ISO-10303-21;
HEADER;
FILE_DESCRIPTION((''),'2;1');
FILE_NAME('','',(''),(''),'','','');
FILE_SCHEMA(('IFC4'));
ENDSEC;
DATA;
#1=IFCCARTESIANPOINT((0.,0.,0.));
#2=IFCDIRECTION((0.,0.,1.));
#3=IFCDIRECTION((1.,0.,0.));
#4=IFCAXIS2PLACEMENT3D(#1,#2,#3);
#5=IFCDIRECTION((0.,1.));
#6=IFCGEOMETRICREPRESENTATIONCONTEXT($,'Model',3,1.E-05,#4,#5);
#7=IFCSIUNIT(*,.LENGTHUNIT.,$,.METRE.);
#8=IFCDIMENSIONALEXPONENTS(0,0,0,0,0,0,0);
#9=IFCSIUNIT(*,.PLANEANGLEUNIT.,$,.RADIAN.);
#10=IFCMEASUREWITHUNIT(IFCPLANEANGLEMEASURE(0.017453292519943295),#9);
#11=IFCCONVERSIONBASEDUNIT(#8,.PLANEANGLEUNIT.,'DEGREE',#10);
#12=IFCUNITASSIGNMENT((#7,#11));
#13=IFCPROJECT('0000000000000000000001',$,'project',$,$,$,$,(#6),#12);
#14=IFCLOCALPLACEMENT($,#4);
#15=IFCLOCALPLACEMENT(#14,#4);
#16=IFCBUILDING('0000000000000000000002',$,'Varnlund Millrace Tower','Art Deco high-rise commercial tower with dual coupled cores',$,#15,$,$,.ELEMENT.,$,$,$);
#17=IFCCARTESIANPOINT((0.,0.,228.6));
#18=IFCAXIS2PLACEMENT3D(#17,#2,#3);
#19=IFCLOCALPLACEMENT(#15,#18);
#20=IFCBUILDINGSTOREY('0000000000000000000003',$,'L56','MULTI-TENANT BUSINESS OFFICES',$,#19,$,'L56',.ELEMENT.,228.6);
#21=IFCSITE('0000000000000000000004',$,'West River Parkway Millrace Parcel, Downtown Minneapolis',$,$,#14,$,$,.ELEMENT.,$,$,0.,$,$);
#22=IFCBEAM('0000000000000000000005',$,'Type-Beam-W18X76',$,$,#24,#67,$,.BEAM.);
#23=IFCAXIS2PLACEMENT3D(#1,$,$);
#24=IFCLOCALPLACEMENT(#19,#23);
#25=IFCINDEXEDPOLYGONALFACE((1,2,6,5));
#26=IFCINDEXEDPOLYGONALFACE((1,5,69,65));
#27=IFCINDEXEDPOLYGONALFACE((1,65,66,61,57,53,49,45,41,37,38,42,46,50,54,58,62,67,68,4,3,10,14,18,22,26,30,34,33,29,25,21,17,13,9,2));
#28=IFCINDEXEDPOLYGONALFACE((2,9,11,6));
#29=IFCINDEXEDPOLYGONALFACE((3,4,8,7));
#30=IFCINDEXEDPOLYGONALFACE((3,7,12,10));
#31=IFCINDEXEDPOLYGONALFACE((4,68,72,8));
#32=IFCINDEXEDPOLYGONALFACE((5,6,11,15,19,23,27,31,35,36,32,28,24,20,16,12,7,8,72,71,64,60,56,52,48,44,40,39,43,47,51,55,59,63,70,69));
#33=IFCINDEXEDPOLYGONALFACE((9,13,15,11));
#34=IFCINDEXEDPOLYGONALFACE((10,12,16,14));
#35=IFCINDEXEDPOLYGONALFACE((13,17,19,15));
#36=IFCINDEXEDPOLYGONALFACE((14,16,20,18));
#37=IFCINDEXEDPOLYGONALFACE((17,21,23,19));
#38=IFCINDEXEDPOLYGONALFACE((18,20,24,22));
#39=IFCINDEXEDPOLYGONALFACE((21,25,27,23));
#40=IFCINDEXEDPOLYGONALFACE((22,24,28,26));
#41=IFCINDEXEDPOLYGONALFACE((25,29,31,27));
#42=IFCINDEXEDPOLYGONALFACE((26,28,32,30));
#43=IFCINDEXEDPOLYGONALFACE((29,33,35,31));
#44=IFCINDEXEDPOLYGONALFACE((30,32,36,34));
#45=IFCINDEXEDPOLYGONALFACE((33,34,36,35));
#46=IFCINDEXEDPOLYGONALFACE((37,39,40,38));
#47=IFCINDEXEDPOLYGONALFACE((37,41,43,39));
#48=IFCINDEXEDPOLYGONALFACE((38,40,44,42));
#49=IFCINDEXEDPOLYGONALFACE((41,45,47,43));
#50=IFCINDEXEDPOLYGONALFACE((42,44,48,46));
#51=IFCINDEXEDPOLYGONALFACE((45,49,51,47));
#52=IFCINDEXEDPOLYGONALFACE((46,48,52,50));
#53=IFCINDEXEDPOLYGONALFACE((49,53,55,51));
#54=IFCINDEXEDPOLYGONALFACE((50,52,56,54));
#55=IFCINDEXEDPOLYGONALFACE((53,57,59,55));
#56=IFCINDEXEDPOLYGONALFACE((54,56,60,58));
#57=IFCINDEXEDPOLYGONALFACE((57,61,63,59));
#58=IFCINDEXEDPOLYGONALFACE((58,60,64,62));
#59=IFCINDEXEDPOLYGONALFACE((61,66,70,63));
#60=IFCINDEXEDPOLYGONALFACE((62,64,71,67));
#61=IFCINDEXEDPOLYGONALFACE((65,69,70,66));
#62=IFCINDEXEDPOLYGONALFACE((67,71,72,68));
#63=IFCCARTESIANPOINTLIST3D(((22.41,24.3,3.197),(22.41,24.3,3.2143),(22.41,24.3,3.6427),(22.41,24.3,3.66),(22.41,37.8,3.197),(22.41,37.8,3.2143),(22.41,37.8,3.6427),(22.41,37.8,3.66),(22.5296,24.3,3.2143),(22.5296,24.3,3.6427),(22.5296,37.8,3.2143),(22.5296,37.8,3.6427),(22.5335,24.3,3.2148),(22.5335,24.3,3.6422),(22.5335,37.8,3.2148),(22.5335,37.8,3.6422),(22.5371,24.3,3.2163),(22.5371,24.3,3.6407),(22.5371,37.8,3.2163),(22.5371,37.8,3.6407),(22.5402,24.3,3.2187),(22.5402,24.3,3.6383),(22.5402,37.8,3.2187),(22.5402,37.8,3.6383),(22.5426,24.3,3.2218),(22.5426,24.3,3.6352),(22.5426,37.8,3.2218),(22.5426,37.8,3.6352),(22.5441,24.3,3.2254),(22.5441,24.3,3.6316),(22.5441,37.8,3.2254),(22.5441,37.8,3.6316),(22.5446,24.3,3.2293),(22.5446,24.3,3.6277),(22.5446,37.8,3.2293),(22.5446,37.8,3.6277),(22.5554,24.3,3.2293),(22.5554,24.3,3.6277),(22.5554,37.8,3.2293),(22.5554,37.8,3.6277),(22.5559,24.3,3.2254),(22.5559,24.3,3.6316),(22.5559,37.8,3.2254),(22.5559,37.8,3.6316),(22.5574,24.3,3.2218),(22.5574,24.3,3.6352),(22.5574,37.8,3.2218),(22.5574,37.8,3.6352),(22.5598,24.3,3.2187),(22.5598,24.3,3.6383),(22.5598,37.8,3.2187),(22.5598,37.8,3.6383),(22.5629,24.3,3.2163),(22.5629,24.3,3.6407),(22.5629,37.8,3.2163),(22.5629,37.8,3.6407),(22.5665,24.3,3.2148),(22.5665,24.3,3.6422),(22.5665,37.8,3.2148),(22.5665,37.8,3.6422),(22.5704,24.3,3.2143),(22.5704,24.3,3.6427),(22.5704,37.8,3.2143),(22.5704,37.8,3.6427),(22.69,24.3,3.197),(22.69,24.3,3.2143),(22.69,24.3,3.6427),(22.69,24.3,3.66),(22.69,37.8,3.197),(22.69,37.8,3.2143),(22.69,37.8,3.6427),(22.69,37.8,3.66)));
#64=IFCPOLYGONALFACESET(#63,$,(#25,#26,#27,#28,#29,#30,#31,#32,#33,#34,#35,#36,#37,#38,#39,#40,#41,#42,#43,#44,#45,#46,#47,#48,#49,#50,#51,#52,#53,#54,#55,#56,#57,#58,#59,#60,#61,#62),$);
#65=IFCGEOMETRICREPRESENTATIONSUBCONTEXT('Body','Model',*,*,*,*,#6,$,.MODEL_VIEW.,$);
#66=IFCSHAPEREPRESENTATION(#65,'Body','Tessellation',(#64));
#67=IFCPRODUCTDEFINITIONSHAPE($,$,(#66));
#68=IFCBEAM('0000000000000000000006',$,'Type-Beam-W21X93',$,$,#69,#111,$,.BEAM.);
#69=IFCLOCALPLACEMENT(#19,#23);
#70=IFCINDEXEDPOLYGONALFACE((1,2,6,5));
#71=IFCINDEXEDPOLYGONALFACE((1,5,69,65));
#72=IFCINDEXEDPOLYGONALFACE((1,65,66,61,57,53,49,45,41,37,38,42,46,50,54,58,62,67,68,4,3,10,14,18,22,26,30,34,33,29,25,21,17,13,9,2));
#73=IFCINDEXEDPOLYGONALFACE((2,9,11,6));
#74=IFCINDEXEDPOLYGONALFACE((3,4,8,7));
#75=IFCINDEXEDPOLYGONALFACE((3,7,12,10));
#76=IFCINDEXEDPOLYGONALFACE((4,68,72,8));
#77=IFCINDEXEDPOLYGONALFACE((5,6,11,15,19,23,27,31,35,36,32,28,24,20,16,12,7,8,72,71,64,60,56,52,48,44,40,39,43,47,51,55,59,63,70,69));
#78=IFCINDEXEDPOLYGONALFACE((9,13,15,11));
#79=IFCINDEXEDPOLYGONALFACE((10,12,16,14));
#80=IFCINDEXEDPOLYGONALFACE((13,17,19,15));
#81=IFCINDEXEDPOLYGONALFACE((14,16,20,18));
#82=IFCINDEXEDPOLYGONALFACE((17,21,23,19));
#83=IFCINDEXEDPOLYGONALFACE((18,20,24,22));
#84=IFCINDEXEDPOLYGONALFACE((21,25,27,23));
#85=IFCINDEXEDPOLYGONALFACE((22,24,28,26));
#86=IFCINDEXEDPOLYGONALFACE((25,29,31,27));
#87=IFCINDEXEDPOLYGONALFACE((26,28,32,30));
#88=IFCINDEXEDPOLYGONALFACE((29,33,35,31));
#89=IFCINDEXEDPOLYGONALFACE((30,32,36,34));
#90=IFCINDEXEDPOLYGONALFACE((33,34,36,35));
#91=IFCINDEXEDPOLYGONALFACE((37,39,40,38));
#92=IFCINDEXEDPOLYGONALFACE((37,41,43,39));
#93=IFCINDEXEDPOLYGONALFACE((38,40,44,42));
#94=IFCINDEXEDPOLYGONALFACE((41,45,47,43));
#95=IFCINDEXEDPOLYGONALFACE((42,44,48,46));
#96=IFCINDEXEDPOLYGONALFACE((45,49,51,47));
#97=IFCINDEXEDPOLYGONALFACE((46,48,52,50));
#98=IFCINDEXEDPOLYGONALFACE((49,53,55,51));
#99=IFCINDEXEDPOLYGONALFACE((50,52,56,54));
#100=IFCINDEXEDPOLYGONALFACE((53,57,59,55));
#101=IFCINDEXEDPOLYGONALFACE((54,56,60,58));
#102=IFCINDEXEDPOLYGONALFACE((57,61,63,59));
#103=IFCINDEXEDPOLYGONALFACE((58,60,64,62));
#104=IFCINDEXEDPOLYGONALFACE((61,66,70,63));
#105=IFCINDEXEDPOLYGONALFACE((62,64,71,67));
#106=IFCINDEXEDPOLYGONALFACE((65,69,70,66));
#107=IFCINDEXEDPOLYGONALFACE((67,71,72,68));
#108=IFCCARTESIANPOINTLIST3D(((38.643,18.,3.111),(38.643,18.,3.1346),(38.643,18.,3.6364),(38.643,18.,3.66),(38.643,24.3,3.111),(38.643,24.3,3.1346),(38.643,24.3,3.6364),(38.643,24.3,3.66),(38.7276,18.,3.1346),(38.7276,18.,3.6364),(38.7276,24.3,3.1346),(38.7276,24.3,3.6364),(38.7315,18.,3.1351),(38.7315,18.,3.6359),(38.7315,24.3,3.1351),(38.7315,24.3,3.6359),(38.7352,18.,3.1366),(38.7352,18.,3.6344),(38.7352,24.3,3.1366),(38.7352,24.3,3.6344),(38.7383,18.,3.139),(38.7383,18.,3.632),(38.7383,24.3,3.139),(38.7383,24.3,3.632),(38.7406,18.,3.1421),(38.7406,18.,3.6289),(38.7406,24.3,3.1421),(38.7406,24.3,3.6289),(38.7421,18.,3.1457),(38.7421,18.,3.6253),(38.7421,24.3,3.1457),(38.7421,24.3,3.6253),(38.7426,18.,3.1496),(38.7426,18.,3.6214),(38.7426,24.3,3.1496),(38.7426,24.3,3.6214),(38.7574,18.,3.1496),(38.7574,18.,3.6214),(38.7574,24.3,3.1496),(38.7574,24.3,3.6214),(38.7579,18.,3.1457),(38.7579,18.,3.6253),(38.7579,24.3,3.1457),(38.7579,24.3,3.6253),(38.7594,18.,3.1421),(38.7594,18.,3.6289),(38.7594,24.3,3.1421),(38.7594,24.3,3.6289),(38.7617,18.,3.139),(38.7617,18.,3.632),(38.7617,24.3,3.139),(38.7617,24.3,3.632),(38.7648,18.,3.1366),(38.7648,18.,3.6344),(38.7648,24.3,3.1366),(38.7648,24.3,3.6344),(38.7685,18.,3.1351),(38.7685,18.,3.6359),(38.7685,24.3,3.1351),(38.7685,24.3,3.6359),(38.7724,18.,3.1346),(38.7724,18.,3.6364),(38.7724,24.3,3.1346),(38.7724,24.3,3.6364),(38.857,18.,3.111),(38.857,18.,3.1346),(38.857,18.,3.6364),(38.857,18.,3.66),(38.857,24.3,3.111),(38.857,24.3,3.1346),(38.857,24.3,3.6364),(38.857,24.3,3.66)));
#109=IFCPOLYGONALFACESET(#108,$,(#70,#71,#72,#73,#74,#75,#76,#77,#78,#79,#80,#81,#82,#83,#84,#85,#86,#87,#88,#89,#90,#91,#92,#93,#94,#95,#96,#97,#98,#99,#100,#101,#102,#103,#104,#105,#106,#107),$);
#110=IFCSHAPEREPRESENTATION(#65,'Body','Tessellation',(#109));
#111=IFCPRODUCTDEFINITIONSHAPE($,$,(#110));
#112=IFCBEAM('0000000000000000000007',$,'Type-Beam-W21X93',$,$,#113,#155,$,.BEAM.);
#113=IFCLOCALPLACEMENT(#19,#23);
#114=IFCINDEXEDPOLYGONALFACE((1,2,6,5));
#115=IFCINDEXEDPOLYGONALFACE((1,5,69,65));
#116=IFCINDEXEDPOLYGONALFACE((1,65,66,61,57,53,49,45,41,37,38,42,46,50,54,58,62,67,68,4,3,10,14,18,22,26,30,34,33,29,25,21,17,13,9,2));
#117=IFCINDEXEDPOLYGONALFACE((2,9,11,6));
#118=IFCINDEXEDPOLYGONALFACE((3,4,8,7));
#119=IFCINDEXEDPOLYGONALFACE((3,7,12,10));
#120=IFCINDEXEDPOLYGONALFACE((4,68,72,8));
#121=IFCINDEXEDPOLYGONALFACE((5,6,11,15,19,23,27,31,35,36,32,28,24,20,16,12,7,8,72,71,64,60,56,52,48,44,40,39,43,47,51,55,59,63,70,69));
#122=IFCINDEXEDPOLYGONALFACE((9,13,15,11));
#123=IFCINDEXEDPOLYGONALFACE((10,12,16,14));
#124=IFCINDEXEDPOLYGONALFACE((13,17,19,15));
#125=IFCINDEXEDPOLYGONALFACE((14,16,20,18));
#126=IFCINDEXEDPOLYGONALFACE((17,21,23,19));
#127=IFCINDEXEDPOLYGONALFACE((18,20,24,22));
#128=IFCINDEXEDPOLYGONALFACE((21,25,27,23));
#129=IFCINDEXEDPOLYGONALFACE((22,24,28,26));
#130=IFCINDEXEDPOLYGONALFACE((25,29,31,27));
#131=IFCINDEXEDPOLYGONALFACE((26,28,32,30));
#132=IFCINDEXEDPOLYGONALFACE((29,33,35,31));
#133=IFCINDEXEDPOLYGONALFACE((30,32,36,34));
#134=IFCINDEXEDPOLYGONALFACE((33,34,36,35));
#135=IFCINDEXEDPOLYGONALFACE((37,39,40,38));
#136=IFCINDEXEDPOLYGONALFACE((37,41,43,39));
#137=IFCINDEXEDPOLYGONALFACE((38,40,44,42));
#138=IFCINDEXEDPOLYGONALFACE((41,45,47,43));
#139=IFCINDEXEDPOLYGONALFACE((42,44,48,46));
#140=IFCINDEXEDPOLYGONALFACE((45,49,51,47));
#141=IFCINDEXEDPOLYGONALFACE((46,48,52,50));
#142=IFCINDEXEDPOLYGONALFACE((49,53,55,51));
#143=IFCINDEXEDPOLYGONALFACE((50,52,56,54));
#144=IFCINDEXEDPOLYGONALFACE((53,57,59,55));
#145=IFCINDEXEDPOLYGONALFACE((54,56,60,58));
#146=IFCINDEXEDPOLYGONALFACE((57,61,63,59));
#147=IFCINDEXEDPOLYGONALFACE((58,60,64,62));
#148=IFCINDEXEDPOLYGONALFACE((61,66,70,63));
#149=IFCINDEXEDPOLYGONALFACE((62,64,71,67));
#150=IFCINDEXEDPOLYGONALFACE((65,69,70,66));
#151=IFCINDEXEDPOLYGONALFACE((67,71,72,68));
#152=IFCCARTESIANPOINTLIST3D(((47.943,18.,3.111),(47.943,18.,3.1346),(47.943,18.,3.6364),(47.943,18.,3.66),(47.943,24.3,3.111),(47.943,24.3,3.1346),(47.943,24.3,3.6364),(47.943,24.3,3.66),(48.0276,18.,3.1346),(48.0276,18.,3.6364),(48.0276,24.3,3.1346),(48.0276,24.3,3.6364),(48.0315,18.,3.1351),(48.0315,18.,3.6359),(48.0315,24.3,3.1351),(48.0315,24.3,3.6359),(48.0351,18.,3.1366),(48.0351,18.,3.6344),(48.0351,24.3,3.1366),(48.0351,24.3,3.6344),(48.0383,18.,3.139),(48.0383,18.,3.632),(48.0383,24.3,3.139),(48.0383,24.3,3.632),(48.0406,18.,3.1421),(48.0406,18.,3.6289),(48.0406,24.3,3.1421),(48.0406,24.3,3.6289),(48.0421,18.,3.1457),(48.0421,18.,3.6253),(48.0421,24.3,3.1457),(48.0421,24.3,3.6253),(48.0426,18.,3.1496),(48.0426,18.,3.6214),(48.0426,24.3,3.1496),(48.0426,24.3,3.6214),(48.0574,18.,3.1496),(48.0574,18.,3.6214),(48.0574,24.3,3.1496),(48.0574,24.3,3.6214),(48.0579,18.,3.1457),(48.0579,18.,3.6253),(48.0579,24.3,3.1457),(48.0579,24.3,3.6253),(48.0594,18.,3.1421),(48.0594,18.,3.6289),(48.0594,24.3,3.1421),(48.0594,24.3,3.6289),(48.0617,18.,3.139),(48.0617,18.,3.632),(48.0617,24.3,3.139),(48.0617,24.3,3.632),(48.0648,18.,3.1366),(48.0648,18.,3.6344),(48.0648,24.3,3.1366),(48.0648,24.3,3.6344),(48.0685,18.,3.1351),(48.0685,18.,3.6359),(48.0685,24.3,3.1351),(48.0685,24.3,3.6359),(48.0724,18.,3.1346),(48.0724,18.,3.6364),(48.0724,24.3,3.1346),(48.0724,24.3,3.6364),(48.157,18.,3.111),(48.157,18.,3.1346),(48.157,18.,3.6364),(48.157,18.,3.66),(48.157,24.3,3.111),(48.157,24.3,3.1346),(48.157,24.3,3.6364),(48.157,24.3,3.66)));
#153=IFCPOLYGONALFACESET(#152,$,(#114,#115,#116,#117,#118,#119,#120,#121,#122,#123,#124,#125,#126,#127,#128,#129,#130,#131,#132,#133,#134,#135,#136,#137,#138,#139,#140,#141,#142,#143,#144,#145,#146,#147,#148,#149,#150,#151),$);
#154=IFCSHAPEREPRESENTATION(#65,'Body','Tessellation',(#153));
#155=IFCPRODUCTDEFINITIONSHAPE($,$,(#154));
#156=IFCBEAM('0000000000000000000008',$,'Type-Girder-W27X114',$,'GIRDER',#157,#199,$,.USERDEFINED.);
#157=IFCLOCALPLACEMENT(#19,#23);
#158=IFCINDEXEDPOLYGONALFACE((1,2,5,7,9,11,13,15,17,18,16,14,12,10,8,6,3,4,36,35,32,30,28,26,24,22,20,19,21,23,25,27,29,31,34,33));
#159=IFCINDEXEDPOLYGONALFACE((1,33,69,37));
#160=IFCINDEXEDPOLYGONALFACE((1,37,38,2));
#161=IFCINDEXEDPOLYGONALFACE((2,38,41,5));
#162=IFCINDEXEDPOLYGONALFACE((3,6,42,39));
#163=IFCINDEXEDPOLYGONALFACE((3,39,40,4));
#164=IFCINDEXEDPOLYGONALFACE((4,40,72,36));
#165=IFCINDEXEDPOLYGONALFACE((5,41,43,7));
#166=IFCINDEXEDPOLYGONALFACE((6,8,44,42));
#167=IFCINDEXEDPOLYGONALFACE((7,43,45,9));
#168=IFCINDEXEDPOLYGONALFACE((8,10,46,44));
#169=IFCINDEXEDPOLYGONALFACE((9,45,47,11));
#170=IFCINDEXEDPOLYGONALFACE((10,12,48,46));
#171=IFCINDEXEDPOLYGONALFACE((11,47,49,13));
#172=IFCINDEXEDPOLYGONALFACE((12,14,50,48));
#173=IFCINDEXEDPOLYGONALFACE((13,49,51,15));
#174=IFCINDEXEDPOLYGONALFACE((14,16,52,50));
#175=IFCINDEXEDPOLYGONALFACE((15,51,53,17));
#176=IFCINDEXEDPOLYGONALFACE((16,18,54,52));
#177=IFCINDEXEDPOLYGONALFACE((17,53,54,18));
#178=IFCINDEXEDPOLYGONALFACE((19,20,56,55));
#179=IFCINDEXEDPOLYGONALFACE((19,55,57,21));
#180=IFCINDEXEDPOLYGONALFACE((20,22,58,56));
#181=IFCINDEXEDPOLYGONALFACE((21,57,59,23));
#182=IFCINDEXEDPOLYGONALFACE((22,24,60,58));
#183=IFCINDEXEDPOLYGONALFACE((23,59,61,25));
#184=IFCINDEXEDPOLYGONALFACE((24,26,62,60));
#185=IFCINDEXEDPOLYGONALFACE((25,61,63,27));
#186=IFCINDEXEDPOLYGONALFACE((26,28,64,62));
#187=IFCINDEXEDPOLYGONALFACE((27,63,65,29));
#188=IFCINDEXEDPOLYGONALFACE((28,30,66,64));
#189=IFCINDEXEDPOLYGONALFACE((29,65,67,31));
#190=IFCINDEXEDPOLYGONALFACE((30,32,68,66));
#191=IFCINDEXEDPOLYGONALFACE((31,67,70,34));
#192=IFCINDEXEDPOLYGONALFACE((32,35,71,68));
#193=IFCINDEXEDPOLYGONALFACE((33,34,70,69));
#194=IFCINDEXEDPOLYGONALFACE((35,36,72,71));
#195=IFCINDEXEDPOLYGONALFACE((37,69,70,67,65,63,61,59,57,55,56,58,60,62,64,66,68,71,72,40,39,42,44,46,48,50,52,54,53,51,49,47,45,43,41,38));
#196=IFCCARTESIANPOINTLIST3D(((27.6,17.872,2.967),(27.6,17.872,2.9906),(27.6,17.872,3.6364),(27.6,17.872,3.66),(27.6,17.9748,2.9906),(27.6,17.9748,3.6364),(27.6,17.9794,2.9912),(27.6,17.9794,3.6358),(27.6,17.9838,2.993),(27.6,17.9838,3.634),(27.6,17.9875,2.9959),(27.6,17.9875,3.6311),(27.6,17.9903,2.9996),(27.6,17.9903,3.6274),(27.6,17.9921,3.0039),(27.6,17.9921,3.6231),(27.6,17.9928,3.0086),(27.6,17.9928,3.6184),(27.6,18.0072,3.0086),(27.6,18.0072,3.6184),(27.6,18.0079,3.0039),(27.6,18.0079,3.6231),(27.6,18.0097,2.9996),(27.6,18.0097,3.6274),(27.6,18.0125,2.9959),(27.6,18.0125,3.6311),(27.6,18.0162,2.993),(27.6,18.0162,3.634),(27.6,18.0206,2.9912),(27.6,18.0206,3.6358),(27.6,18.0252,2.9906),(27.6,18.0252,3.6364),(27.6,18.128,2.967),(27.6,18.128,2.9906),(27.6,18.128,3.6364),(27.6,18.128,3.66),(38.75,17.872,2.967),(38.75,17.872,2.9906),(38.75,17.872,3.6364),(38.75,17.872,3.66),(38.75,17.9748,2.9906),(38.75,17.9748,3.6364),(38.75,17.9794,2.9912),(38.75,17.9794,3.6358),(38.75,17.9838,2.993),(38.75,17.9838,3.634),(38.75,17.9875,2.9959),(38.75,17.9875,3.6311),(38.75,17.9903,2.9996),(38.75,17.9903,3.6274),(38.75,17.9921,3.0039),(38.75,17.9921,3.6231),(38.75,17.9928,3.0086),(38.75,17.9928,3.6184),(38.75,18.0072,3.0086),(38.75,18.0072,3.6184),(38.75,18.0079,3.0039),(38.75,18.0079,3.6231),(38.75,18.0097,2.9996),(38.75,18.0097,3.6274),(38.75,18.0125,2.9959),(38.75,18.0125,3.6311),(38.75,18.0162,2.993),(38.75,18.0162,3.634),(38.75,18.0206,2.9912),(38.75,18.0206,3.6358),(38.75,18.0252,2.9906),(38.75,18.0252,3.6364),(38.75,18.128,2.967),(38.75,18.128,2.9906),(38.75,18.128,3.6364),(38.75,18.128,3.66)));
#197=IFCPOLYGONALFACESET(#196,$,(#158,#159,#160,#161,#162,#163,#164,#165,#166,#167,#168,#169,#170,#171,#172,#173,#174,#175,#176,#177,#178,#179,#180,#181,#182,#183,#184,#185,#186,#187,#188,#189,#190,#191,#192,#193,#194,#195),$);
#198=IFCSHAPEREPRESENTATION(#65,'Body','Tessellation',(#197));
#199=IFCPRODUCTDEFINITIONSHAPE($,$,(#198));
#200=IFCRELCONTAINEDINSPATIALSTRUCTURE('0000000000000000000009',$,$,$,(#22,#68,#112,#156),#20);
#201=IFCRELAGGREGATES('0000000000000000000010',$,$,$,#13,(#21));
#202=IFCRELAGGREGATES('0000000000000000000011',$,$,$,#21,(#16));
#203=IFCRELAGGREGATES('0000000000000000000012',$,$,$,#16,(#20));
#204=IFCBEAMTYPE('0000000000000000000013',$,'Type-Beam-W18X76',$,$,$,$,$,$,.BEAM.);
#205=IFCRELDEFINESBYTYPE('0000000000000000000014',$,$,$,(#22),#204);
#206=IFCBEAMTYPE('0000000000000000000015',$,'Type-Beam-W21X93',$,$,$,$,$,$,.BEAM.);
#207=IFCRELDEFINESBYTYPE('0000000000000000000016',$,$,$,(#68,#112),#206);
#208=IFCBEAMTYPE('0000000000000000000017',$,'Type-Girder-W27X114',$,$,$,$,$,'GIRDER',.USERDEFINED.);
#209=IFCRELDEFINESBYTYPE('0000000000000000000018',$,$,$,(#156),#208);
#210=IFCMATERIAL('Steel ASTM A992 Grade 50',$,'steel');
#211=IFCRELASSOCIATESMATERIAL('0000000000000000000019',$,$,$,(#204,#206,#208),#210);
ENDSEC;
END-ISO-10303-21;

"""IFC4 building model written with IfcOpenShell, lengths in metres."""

from ifc_helpers import new_model, entity, si_unit, converted_unit, direction, frame, origin_with_axes, origin_2d_with_axis, place, context, subcontext, project, spatial, i_section, extrude, material, material_profile, profile_set, type_object, element, save


model = new_model("IFC4")

# Units and contexts
model_context = context("Model", 3, precision=1e-05, world=origin_with_axes(), true_north=direction((0.0, 1.0)))
body_context = subcontext(model_context, "Body", "Model", "MODEL_VIEW")
ifc_project = project(units=[si_unit("LENGTHUNIT", "METRE"), converted_unit("PLANEANGLEUNIT", "DEGREE", entity("IfcPlaneAngleMeasure", 0.017453292519943295), si_unit("PLANEANGLEUNIT", "RADIAN"), dimensions=[0, 0, 0, 0, 0, 0, 0])], contexts=[model_context])

# Site, building, storey
site_placement = place(None, origin_with_axes())
site = spatial("IfcSite", under=ifc_project, at=site_placement, Name="West River Parkway Millrace Parcel, Downtown Minneapolis", CompositionType="ELEMENT", RefElevation=0.0)
building_placement = place(site_placement, origin_with_axes())
building = spatial("IfcBuilding", under=site, at=building_placement, Name="Varnlund Millrace Tower", Description="Art Deco high-rise commercial tower with dual coupled cores", CompositionType="ELEMENT")
storey_placement = place(building_placement, frame((0.0, 0.0, 228.6), z_axis=(0.0, 0.0, 1.0), x_axis=(1.0, 0.0, 0.0)))
storey = spatial("IfcBuildingStorey", under=building, at=storey_placement, Name="L56", Description="MULTI-TENANT BUSINESS OFFICES", LongName="L56", CompositionType="ELEMENT", Elevation=228.6)

# Beams
ifc_material_1 = material(Name="Steel ASTM A992 Grade 50", Category="steel")
ifc_material_profile_1 = material_profile(ifc_material_1, i_section(OverallWidth=0.28, OverallDepth=0.463, WebThickness=0.0108, FlangeThickness=0.0173, FilletRadius=0.015, at=origin_2d_with_axis()), Name="Steel ASTM A992 Grade 50")
ifc_profile_set_1 = profile_set([ifc_material_profile_1], Name="Steel ASTM A992 Grade 50")
beam_type_1 = type_object("IfcBeamType", Name="Type-Beam-W18X76", PredefinedType="BEAM", material=ifc_profile_set_1)
beam_1_placement = place(storey_placement, frame((22.55, 24.3, 3.4285), z_axis=(0.0, 1.0, 0.0), x_axis=(-1.0, 0.0, 0.0)))
element("IfcBeam", 1, at=beam_1_placement, inside=storey, type_object=beam_type_1, Name="Type-Beam-W18X76", PredefinedType="BEAM", context=body_context, shape_type="SweptSolid", body=[
    extrude(i_section(OverallWidth=0.28, OverallDepth=0.463, WebThickness=0.0108, FlangeThickness=0.0173, FilletRadius=0.015, at=origin_2d_with_axis()), origin_with_axes(), (0.0, 0.0, 1.0), 13.5),
])
ifc_material_profile_2 = material_profile(ifc_material_1, i_section(OverallWidth=0.214, OverallDepth=0.549, WebThickness=0.0147, FlangeThickness=0.0236, FilletRadius=0.015, at=origin_2d_with_axis()), Name="Steel ASTM A992 Grade 50")
ifc_profile_set_2 = profile_set([ifc_material_profile_2], Name="Steel ASTM A992 Grade 50")
beam_type_2 = type_object("IfcBeamType", Name="Type-Beam-W21X93", PredefinedType="BEAM", material=ifc_profile_set_2)
for number, where, z_axis, x_axis, name in (
    (2, (38.75, 18.0, 3.3855), (0.0, 1.0, 0.0), (-1.0, 0.0, 0.0), "Type-Beam-W21X93"),
    (3, (48.05, 18.0, 3.3855), (0.0, 1.0, 0.0), (-1.0, 0.0, 0.0), "Type-Beam-W21X93"),
):
    element("IfcBeam", number, at=place(storey_placement, frame(where, z_axis=z_axis, x_axis=x_axis)), inside=storey, type_object=beam_type_2, Name=name, PredefinedType="BEAM", context=body_context, shape_type="SweptSolid", body=[
        extrude(i_section(OverallWidth=0.214, OverallDepth=0.549, WebThickness=0.0147, FlangeThickness=0.0236, FilletRadius=0.015, at=origin_2d_with_axis()), origin_with_axes(), (0.0, 0.0, 1.0), 6.3),
    ])
ifc_material_profile_3 = material_profile(ifc_material_1, i_section(OverallWidth=0.256, OverallDepth=0.693, WebThickness=0.0145, FlangeThickness=0.0236, FilletRadius=0.018, at=origin_2d_with_axis()), Name="Steel ASTM A992 Grade 50")
ifc_profile_set_3 = profile_set([ifc_material_profile_3], Name="Steel ASTM A992 Grade 50")
beam_type_3 = type_object("IfcBeamType", Name="Type-Girder-W27X114", ElementType="GIRDER", PredefinedType="USERDEFINED", material=ifc_profile_set_3)
beam_2_placement = place(storey_placement, frame((27.6, 18.0, 3.3135), z_axis=(1.0, 0.0, 0.0), x_axis=(0.0, 1.0, 0.0)))
element("IfcBeam", 4, at=beam_2_placement, inside=storey, type_object=beam_type_3, Name="Type-Girder-W27X114", ObjectType="GIRDER", PredefinedType="USERDEFINED", context=body_context, shape_type="SweptSolid", body=[
    extrude(i_section(OverallWidth=0.256, OverallDepth=0.693, WebThickness=0.0145, FlangeThickness=0.0236, FilletRadius=0.018, at=origin_2d_with_axis()), origin_with_axes(), (0.0, 0.0, 1.0), 11.15),
])

save(model, "model.ifc")
